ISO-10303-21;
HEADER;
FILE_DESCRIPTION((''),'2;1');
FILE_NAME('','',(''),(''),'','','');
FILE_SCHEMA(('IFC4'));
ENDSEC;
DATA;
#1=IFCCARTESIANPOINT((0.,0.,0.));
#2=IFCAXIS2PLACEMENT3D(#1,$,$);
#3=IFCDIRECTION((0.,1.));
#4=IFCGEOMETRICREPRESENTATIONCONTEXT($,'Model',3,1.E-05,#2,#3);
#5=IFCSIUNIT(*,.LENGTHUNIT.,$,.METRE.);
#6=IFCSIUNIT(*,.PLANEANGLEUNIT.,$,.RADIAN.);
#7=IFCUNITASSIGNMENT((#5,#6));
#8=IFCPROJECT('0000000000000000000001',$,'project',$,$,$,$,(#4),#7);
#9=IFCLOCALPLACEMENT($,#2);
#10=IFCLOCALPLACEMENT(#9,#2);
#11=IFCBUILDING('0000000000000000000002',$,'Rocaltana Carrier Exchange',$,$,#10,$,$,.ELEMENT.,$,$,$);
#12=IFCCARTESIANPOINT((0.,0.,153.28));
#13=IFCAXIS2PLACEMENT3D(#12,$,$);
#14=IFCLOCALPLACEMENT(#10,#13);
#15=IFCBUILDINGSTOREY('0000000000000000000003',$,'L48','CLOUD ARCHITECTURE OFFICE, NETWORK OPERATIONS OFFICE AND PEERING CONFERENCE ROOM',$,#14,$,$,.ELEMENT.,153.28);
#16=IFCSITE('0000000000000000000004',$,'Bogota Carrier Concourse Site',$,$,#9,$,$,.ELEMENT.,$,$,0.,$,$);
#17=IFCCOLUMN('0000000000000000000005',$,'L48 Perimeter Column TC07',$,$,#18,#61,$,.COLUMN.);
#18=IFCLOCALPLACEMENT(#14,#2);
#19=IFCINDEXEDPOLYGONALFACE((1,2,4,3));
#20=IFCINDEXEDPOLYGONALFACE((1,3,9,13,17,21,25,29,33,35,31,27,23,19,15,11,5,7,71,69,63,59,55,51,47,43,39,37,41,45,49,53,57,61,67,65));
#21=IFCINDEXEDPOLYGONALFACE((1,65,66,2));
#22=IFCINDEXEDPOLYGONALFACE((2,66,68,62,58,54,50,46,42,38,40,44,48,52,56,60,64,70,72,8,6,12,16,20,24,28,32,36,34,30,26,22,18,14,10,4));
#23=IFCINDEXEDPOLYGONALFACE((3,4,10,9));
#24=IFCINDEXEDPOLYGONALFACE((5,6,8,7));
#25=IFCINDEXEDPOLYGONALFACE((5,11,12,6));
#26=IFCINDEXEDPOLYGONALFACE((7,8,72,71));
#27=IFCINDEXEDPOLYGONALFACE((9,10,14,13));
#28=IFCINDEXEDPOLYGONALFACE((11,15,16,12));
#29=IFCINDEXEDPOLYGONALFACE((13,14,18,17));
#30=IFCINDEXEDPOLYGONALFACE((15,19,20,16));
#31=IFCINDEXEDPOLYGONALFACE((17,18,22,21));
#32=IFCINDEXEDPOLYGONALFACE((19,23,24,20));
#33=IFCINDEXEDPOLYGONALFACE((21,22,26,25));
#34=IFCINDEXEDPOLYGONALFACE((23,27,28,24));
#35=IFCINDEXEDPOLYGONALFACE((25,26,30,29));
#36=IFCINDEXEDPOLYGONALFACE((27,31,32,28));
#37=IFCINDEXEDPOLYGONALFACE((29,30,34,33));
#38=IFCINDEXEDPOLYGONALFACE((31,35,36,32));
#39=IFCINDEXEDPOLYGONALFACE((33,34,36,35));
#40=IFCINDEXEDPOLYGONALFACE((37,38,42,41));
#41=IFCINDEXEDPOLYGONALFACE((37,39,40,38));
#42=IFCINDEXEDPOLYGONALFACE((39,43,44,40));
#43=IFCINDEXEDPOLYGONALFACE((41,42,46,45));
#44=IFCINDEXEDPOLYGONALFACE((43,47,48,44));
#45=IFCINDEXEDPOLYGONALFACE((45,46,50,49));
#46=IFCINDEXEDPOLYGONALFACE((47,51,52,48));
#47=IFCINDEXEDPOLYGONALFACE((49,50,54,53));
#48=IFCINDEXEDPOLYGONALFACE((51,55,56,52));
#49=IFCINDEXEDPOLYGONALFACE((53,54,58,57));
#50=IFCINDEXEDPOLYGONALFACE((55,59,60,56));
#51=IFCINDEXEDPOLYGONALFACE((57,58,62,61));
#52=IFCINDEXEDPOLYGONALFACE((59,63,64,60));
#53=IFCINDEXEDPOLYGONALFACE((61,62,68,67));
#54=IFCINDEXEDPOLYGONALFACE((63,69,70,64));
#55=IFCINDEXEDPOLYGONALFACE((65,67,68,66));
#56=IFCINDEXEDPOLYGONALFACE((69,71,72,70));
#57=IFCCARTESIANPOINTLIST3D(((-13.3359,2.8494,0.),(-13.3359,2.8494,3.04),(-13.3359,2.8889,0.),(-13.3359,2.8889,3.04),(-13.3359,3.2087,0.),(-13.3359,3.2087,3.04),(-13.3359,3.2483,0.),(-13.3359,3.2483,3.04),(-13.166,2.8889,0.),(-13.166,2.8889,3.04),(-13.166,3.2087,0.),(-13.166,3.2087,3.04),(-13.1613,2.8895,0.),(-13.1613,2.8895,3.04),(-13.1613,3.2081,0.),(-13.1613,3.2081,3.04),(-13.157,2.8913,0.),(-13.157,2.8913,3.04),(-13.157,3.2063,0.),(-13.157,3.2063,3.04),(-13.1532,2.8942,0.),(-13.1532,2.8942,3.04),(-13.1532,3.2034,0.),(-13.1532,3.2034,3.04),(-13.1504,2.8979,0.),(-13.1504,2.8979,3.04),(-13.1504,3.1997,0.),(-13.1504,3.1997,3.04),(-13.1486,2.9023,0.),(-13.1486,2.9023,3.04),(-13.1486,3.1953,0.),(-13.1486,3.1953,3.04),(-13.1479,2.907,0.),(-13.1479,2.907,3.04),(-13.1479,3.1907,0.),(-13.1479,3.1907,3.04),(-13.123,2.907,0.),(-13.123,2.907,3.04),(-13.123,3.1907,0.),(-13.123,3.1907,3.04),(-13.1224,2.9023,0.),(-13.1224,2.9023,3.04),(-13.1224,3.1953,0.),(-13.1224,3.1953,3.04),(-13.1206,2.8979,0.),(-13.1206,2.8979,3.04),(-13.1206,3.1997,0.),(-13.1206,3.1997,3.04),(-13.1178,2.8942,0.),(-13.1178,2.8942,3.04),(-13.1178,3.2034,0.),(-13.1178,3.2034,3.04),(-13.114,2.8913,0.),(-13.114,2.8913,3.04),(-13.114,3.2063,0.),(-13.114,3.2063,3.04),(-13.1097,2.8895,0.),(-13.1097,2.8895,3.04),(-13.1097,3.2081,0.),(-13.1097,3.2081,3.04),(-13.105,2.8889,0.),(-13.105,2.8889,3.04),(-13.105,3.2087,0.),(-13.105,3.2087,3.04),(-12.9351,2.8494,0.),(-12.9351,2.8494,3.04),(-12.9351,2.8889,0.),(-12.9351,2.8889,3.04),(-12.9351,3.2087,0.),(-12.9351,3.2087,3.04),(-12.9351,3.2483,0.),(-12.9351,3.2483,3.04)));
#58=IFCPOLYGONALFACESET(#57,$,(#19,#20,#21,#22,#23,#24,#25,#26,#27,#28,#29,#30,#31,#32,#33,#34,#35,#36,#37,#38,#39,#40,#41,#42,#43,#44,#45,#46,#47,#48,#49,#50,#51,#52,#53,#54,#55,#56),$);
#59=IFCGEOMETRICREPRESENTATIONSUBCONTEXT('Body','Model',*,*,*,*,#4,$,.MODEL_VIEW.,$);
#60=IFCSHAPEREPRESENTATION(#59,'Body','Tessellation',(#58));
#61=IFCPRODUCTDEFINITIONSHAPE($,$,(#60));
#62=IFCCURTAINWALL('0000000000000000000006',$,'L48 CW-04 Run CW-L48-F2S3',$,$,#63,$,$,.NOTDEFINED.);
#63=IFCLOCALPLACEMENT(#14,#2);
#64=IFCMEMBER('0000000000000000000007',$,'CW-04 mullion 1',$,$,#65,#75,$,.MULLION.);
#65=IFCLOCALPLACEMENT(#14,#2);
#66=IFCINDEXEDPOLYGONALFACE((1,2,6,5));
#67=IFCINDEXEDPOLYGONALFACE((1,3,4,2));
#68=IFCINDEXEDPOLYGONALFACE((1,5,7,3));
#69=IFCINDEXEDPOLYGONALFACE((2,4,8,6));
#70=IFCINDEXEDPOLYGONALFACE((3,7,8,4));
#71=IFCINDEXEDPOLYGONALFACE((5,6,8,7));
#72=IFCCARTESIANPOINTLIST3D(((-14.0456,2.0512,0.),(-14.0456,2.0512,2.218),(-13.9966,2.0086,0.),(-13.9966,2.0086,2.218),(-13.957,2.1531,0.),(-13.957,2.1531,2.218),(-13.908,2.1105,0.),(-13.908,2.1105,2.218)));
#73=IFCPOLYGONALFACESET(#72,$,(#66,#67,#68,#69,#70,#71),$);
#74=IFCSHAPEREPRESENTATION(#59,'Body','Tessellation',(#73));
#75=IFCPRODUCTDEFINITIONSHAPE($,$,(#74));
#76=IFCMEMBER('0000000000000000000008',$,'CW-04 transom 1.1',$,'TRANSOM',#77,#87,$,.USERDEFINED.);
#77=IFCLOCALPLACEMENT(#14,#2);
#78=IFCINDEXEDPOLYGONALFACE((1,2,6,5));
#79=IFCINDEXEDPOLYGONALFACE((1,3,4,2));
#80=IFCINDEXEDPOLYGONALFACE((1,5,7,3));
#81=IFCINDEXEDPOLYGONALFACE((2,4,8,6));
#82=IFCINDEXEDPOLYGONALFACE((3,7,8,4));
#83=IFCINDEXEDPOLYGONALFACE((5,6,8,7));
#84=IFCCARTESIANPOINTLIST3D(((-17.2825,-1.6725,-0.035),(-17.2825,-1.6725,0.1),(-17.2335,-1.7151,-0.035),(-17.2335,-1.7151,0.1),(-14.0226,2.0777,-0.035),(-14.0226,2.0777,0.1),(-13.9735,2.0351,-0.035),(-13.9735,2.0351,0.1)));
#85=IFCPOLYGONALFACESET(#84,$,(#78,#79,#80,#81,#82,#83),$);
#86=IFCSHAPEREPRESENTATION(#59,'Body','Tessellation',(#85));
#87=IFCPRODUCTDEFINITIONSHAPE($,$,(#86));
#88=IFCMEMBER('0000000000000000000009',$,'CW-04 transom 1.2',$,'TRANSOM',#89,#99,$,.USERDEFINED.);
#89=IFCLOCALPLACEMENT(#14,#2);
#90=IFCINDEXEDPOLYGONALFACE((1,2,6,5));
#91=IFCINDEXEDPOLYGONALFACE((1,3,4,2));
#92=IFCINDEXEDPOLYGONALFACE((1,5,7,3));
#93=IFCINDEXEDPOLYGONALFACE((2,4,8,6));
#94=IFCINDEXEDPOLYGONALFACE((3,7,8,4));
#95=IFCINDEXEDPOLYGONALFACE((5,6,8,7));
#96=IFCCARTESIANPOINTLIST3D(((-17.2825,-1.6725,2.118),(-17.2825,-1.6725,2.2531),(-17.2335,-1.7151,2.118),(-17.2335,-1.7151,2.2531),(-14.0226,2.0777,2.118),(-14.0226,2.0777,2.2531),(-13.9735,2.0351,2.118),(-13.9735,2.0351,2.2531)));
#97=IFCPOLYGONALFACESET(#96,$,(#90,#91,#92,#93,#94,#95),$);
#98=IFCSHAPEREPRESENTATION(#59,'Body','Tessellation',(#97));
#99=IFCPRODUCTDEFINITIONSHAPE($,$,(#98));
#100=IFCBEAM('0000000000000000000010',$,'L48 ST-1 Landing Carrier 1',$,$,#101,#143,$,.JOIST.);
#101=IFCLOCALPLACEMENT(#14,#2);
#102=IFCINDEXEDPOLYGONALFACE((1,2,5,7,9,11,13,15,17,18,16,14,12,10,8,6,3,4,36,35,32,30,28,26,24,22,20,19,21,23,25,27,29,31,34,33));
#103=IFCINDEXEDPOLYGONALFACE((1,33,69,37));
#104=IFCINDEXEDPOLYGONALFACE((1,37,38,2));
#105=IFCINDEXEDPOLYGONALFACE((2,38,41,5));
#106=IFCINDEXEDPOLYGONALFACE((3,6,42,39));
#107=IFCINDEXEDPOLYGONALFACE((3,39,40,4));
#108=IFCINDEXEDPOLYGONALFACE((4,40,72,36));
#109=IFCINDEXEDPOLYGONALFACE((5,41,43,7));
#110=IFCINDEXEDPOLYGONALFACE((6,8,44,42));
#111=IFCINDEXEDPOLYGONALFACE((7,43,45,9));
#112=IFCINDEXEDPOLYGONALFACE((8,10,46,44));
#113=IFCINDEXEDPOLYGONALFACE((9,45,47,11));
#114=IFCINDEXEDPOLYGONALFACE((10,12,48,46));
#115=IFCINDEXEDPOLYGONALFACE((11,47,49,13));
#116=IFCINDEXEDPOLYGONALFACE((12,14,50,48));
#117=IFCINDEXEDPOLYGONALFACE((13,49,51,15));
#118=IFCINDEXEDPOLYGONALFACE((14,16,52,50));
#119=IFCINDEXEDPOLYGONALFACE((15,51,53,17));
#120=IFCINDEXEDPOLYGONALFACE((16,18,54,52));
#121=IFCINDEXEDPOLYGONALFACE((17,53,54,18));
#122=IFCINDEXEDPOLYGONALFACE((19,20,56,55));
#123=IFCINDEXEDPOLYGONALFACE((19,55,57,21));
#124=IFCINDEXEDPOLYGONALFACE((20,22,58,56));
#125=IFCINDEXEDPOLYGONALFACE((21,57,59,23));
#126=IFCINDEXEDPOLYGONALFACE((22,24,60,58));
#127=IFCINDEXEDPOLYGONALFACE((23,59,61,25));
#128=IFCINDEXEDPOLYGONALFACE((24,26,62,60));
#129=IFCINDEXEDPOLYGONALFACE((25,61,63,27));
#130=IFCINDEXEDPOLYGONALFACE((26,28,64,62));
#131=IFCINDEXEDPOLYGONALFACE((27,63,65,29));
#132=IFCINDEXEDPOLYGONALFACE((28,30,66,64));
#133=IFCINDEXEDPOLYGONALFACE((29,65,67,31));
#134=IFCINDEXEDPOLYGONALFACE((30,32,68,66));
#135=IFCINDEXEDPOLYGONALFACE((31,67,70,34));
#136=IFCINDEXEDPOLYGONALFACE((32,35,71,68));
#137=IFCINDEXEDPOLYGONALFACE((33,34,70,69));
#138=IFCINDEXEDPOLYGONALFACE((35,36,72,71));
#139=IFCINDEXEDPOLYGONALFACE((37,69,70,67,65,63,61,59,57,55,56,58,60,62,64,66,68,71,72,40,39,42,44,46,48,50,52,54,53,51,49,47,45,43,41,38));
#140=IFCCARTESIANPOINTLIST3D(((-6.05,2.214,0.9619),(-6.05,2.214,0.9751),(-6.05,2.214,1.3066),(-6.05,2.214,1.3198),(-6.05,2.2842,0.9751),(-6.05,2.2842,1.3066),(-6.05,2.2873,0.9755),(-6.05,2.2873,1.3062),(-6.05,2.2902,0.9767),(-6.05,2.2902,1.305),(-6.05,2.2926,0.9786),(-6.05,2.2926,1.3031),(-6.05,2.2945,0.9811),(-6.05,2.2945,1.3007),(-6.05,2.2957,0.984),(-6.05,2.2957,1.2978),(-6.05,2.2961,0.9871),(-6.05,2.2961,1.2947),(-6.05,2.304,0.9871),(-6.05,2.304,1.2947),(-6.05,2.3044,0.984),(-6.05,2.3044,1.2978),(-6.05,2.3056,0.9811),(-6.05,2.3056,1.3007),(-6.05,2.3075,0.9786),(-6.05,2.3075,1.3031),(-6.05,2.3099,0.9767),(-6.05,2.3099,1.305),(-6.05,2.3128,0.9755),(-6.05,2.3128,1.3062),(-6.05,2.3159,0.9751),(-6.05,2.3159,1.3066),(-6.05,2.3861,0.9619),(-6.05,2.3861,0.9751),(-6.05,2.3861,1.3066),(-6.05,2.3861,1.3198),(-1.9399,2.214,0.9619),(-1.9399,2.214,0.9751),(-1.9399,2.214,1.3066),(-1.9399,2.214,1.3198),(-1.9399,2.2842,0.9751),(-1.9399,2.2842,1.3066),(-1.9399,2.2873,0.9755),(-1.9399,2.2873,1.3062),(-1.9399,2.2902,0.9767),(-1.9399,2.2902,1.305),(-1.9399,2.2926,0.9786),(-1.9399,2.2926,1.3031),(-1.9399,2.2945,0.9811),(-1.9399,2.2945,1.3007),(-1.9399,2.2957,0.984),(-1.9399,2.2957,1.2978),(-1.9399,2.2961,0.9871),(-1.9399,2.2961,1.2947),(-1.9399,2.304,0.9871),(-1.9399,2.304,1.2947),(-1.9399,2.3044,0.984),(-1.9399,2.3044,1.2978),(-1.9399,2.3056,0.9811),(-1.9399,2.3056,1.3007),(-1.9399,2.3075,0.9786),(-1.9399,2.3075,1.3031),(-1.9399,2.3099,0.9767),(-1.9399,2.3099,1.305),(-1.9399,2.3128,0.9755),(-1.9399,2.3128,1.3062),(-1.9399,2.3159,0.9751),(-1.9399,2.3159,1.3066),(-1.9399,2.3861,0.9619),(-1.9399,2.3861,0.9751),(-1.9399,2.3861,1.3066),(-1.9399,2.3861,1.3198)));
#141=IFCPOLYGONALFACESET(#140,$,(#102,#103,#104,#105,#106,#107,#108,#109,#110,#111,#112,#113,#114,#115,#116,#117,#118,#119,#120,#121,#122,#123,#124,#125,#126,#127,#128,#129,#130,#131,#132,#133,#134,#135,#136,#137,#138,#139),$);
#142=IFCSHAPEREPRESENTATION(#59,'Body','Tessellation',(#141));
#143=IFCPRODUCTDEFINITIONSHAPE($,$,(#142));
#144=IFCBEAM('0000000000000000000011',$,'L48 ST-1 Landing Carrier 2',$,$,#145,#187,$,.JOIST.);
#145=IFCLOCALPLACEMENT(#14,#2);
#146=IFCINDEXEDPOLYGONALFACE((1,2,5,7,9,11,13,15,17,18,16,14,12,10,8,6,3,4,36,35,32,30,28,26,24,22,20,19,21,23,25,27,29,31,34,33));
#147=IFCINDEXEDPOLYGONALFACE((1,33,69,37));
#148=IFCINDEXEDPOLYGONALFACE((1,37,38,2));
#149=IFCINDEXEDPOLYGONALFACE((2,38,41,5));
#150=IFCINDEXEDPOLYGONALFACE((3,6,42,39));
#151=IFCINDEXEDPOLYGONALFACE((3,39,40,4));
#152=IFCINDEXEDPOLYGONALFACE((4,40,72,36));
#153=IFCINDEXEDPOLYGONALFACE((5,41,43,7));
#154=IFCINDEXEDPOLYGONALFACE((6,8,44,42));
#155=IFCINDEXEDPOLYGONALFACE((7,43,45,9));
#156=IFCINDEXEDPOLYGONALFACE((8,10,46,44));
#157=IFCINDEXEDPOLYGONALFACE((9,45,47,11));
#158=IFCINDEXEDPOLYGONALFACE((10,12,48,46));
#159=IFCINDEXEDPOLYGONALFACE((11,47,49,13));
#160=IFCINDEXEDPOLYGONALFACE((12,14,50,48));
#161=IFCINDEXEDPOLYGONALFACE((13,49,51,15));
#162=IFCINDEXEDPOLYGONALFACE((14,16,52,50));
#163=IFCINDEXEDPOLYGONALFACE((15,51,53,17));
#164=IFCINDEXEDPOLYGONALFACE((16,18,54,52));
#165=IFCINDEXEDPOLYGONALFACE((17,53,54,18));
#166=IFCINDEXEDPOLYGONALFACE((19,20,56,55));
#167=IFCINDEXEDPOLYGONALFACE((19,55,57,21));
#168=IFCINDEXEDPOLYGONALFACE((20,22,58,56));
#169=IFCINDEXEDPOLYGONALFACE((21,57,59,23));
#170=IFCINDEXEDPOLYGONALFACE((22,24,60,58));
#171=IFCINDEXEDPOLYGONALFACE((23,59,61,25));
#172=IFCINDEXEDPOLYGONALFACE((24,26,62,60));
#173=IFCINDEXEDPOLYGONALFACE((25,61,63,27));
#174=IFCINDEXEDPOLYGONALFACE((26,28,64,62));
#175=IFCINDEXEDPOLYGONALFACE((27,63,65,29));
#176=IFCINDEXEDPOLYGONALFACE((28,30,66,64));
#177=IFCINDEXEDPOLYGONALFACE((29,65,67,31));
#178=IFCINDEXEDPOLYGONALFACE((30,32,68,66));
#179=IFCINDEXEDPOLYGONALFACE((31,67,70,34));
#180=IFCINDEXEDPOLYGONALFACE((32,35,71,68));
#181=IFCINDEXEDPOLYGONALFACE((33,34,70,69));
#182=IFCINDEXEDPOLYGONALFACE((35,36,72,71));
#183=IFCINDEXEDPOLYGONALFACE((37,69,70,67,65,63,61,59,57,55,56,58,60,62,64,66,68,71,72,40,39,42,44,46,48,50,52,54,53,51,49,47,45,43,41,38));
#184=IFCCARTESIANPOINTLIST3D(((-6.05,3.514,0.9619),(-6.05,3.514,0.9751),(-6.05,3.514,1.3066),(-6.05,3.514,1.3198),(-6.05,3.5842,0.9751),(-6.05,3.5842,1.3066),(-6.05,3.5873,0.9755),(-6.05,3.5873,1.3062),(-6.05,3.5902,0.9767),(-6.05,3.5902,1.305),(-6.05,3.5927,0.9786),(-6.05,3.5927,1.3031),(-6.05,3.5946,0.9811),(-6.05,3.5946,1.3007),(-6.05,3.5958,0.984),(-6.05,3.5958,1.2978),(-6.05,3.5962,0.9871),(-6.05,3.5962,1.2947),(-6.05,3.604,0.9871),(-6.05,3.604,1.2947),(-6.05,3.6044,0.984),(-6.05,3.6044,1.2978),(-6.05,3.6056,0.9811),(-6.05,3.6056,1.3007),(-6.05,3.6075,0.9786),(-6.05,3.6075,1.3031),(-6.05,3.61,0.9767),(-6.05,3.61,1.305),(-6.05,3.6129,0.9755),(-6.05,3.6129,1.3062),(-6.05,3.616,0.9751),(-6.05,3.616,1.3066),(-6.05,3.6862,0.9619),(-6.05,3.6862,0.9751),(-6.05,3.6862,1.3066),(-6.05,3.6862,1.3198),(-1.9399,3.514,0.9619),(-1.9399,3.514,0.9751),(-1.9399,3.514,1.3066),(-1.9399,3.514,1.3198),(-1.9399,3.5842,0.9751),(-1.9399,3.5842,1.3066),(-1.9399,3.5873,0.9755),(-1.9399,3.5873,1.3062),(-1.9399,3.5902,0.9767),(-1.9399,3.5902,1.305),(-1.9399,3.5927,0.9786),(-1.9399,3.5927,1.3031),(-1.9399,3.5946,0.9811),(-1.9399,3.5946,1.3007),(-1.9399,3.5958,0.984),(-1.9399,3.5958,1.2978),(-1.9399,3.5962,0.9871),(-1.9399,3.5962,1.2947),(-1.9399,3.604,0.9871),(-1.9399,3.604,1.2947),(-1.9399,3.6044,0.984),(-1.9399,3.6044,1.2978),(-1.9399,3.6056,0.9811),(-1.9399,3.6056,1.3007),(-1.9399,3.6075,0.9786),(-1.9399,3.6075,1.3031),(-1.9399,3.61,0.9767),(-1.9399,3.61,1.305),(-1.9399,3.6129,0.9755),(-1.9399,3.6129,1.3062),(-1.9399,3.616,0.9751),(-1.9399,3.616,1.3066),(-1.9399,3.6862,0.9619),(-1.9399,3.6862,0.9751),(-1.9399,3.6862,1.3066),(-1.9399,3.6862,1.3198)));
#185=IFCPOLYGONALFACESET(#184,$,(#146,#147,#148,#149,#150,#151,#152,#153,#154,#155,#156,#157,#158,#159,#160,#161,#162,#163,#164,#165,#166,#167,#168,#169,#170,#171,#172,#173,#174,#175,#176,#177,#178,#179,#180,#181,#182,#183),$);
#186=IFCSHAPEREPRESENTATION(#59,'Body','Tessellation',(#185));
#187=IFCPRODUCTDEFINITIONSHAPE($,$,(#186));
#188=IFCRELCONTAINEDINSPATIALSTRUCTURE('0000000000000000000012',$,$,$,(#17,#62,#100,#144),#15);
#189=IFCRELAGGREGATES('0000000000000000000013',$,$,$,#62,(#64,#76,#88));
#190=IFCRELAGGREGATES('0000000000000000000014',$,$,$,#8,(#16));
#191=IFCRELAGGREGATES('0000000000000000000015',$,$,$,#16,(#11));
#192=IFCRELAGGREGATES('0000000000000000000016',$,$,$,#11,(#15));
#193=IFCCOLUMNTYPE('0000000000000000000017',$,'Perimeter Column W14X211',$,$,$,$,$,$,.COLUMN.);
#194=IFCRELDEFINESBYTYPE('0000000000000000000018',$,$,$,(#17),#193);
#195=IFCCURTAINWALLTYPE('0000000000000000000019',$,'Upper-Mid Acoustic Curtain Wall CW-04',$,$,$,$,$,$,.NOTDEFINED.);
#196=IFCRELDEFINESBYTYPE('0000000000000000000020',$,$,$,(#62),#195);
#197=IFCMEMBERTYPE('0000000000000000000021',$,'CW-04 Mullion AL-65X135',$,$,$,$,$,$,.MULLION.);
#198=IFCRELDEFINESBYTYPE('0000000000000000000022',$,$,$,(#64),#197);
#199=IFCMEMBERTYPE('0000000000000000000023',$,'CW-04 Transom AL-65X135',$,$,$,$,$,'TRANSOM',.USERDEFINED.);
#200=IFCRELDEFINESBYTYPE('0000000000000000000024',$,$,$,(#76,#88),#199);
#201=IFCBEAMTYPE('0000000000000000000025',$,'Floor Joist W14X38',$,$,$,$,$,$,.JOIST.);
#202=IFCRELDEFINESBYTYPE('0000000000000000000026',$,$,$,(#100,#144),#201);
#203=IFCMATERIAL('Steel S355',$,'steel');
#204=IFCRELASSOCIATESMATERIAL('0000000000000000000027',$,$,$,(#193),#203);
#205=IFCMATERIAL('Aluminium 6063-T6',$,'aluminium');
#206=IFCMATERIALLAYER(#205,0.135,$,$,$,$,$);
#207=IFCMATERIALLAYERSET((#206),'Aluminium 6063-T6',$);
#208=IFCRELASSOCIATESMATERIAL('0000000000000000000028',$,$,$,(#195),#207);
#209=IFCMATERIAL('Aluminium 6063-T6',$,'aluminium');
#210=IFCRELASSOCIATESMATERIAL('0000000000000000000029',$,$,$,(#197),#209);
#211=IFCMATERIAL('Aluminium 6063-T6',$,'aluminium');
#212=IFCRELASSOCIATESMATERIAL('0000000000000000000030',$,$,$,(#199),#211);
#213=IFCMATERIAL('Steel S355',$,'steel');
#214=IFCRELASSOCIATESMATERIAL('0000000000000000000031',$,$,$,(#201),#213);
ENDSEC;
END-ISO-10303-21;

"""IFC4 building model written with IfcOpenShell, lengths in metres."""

from ifc_helpers import new_model, si_unit, direction, frame, origin, origin_2d, place, context, subcontext, project, spatial, rectangle, i_section, extrude, material, layer, layer_set, material_profile, profile_set, type_object, element, aggregate, save


model = new_model("IFC4")

# Units and contexts
model_context = context("Model", 3, precision=1e-05, world=origin(), true_north=direction((0.0, 1.0)))
body_context = subcontext(model_context, "Body", "Model", "MODEL_VIEW")
ifc_project = project(units=[si_unit("LENGTHUNIT", "METRE"), si_unit("PLANEANGLEUNIT", "RADIAN")], contexts=[model_context])

# Site, building, storey
site_placement = place(None, origin())
site = spatial("IfcSite", under=ifc_project, at=site_placement, Name="Bogota Carrier Concourse Site", CompositionType="ELEMENT", RefElevation=0.0)
building_placement = place(site_placement, origin())
building = spatial("IfcBuilding", under=site, at=building_placement, Name="Rocaltana Carrier Exchange", CompositionType="ELEMENT")
storey_placement = place(building_placement, frame((0.0, 0.0, 153.28)))
storey = spatial("IfcBuildingStorey", under=building, at=storey_placement, Name="L48", Description="CLOUD ARCHITECTURE OFFICE, NETWORK OPERATIONS OFFICE AND PEERING CONFERENCE ROOM", CompositionType="ELEMENT", Elevation=153.28)

# Column
ifc_material_1 = material(Name="Steel S355", Category="steel")
ifc_material_profile_1 = material_profile(ifc_material_1, i_section(OverallWidth=0.4009, OverallDepth=0.3989, WebThickness=0.0249, FlangeThickness=0.0396, FilletRadius=0.0181, at=origin_2d()), Name="W14X211")
ifc_profile_set_1 = profile_set([ifc_material_profile_1], Name="Steel S355")
column_type = type_object("IfcColumnType", Name="Perimeter Column W14X211", PredefinedType="COLUMN", material=ifc_profile_set_1)
column_placement = place(storey_placement, frame((-13.1355, 3.0488, 0.0), z_axis=(0.0, 0.0, 1.0), x_axis=(1.0, 0.0, 0.0)))
element("IfcColumn", 1, at=column_placement, inside=storey, type_object=column_type, Name="L48 Perimeter Column TC07", PredefinedType="COLUMN", context=body_context, shape_type="SweptSolid", body=[
    extrude(i_section(OverallWidth=0.4009, OverallDepth=0.3989, WebThickness=0.0249, FlangeThickness=0.0396, FilletRadius=0.0181, at=origin_2d()), origin(), (0.0, 0.0, 1.0), 3.04),
])

# Curtain wall, members
ifc_material_2 = material(Name="Aluminium 6063-T6", Category="aluminium")
ifc_layer_1 = layer(ifc_material_2, 0.135)
ifc_layer_set_1 = layer_set([ifc_layer_1], Name="Aluminium 6063-T6")
curtain_wall_type = type_object("IfcCurtainWallType", Name="Upper-Mid Acoustic Curtain Wall CW-04", PredefinedType="NOTDEFINED", material=ifc_layer_set_1)
curtain_wall_placement = place(storey_placement, origin())
curtain_wall = element("IfcCurtainWall", 2, at=curtain_wall_placement, inside=storey, type_object=curtain_wall_type, Name="L48 CW-04 Run CW-L48-F2S3", PredefinedType="NOTDEFINED")
ifc_material_3 = material(Name="Aluminium 6063-T6", Category="aluminium")
ifc_material_profile_2 = material_profile(ifc_material_3, rectangle(XDim=0.0649, YDim=0.135, at=origin_2d()), Name="AL-65X135")
ifc_profile_set_2 = profile_set([ifc_material_profile_2], Name="Aluminium 6063-T6")
member_type_1 = type_object("IfcMemberType", Name="CW-04 Mullion AL-65X135", PredefinedType="MULLION", material=ifc_profile_set_2)
member_1_placement = place(storey_placement, frame((-13.9768, 2.0808, 0.0), z_axis=(0.0, 0.0, 1.0), x_axis=(0.754712, -0.656057, 0.0)))
member_1 = element("IfcMember", 3, at=member_1_placement, type_object=member_type_1, Name="CW-04 mullion 1", PredefinedType="MULLION", context=body_context, shape_type="SweptSolid", body=[
    extrude(rectangle(XDim=0.0649, YDim=0.135, at=origin_2d()), origin(), (0.0, 0.0, 1.0), 2.218),
])
ifc_material_4 = material(Name="Aluminium 6063-T6", Category="aluminium")
ifc_material_profile_3 = material_profile(ifc_material_4, rectangle(XDim=0.0649, YDim=0.135, at=origin_2d()), Name="AL-65X135")
ifc_profile_set_3 = profile_set([ifc_material_profile_3], Name="Aluminium 6063-T6")
member_type_2 = type_object("IfcMemberType", Name="CW-04 Transom AL-65X135", ElementType="TRANSOM", PredefinedType="USERDEFINED", material=ifc_profile_set_3)
member_2_placement = place(storey_placement, frame((-13.998, 2.0564, 0.0325), z_axis=(-0.656056, -0.754712, 0.0), x_axis=(0.754712, -0.656056, 0.0)))
member_2 = element("IfcMember", 4, at=member_2_placement, type_object=member_type_2, Name="CW-04 transom 1.1", ObjectType="TRANSOM", PredefinedType="USERDEFINED", context=body_context, shape_type="SweptSolid", body=[
    extrude(rectangle(XDim=0.0649, YDim=0.135, at=origin_2d()), origin(), (0.0, 0.0, 1.0), 4.969),
])
member_3_placement = place(storey_placement, frame((-13.998, 2.0564, 2.1855), z_axis=(-0.656056, -0.754712, 0.0), x_axis=(0.754712, -0.656056, 0.0)))
member_3 = element("IfcMember", 5, at=member_3_placement, type_object=member_type_2, Name="CW-04 transom 1.2", ObjectType="TRANSOM", PredefinedType="USERDEFINED", context=body_context, shape_type="SweptSolid", body=[
    extrude(rectangle(XDim=0.0649, YDim=0.135, at=origin_2d()), origin(), (0.0, 0.0, 1.0), 4.969),
])

# Beams
ifc_material_5 = material(Name="Steel S355", Category="steel")
ifc_material_profile_4 = material_profile(ifc_material_5, i_section(OverallWidth=0.1721, OverallDepth=0.3579, WebThickness=0.0078, FlangeThickness=0.0132, FilletRadius=0.012, at=origin_2d()), Name="W14X38")
ifc_profile_set_4 = profile_set([ifc_material_profile_4], Name="Steel S355")
beam_type_1 = type_object("IfcBeamType", Name="Floor Joist W14X38", PredefinedType="JOIST", material=ifc_profile_set_4)
for number, where, z_axis, x_axis, name in (
    (6, (-6.05, 2.3, 1.1409), (1.0, 0.0, 0.0), (0.0, 1.0, 0.0), "L48 ST-1 Landing Carrier 1"),
    (7, (-6.05, 3.6001, 1.1409), (1.0, 0.0, 0.0), (0.0, 1.0, 0.0), "L48 ST-1 Landing Carrier 2"),
):
    element("IfcBeam", number, at=place(storey_placement, frame(where, z_axis=z_axis, x_axis=x_axis)), inside=storey, type_object=beam_type_1, Name=name, PredefinedType="JOIST", context=body_context, shape_type="SweptSolid", body=[
        extrude(i_section(OverallWidth=0.1721, OverallDepth=0.3579, WebThickness=0.0078, FlangeThickness=0.0132, FilletRadius=0.012, at=origin_2d()), origin(), (0.0, 0.0, 1.0), 4.1101),
    ])

aggregate(curtain_wall, [member_1, member_2, member_3])

save(model, "model.ifc")
